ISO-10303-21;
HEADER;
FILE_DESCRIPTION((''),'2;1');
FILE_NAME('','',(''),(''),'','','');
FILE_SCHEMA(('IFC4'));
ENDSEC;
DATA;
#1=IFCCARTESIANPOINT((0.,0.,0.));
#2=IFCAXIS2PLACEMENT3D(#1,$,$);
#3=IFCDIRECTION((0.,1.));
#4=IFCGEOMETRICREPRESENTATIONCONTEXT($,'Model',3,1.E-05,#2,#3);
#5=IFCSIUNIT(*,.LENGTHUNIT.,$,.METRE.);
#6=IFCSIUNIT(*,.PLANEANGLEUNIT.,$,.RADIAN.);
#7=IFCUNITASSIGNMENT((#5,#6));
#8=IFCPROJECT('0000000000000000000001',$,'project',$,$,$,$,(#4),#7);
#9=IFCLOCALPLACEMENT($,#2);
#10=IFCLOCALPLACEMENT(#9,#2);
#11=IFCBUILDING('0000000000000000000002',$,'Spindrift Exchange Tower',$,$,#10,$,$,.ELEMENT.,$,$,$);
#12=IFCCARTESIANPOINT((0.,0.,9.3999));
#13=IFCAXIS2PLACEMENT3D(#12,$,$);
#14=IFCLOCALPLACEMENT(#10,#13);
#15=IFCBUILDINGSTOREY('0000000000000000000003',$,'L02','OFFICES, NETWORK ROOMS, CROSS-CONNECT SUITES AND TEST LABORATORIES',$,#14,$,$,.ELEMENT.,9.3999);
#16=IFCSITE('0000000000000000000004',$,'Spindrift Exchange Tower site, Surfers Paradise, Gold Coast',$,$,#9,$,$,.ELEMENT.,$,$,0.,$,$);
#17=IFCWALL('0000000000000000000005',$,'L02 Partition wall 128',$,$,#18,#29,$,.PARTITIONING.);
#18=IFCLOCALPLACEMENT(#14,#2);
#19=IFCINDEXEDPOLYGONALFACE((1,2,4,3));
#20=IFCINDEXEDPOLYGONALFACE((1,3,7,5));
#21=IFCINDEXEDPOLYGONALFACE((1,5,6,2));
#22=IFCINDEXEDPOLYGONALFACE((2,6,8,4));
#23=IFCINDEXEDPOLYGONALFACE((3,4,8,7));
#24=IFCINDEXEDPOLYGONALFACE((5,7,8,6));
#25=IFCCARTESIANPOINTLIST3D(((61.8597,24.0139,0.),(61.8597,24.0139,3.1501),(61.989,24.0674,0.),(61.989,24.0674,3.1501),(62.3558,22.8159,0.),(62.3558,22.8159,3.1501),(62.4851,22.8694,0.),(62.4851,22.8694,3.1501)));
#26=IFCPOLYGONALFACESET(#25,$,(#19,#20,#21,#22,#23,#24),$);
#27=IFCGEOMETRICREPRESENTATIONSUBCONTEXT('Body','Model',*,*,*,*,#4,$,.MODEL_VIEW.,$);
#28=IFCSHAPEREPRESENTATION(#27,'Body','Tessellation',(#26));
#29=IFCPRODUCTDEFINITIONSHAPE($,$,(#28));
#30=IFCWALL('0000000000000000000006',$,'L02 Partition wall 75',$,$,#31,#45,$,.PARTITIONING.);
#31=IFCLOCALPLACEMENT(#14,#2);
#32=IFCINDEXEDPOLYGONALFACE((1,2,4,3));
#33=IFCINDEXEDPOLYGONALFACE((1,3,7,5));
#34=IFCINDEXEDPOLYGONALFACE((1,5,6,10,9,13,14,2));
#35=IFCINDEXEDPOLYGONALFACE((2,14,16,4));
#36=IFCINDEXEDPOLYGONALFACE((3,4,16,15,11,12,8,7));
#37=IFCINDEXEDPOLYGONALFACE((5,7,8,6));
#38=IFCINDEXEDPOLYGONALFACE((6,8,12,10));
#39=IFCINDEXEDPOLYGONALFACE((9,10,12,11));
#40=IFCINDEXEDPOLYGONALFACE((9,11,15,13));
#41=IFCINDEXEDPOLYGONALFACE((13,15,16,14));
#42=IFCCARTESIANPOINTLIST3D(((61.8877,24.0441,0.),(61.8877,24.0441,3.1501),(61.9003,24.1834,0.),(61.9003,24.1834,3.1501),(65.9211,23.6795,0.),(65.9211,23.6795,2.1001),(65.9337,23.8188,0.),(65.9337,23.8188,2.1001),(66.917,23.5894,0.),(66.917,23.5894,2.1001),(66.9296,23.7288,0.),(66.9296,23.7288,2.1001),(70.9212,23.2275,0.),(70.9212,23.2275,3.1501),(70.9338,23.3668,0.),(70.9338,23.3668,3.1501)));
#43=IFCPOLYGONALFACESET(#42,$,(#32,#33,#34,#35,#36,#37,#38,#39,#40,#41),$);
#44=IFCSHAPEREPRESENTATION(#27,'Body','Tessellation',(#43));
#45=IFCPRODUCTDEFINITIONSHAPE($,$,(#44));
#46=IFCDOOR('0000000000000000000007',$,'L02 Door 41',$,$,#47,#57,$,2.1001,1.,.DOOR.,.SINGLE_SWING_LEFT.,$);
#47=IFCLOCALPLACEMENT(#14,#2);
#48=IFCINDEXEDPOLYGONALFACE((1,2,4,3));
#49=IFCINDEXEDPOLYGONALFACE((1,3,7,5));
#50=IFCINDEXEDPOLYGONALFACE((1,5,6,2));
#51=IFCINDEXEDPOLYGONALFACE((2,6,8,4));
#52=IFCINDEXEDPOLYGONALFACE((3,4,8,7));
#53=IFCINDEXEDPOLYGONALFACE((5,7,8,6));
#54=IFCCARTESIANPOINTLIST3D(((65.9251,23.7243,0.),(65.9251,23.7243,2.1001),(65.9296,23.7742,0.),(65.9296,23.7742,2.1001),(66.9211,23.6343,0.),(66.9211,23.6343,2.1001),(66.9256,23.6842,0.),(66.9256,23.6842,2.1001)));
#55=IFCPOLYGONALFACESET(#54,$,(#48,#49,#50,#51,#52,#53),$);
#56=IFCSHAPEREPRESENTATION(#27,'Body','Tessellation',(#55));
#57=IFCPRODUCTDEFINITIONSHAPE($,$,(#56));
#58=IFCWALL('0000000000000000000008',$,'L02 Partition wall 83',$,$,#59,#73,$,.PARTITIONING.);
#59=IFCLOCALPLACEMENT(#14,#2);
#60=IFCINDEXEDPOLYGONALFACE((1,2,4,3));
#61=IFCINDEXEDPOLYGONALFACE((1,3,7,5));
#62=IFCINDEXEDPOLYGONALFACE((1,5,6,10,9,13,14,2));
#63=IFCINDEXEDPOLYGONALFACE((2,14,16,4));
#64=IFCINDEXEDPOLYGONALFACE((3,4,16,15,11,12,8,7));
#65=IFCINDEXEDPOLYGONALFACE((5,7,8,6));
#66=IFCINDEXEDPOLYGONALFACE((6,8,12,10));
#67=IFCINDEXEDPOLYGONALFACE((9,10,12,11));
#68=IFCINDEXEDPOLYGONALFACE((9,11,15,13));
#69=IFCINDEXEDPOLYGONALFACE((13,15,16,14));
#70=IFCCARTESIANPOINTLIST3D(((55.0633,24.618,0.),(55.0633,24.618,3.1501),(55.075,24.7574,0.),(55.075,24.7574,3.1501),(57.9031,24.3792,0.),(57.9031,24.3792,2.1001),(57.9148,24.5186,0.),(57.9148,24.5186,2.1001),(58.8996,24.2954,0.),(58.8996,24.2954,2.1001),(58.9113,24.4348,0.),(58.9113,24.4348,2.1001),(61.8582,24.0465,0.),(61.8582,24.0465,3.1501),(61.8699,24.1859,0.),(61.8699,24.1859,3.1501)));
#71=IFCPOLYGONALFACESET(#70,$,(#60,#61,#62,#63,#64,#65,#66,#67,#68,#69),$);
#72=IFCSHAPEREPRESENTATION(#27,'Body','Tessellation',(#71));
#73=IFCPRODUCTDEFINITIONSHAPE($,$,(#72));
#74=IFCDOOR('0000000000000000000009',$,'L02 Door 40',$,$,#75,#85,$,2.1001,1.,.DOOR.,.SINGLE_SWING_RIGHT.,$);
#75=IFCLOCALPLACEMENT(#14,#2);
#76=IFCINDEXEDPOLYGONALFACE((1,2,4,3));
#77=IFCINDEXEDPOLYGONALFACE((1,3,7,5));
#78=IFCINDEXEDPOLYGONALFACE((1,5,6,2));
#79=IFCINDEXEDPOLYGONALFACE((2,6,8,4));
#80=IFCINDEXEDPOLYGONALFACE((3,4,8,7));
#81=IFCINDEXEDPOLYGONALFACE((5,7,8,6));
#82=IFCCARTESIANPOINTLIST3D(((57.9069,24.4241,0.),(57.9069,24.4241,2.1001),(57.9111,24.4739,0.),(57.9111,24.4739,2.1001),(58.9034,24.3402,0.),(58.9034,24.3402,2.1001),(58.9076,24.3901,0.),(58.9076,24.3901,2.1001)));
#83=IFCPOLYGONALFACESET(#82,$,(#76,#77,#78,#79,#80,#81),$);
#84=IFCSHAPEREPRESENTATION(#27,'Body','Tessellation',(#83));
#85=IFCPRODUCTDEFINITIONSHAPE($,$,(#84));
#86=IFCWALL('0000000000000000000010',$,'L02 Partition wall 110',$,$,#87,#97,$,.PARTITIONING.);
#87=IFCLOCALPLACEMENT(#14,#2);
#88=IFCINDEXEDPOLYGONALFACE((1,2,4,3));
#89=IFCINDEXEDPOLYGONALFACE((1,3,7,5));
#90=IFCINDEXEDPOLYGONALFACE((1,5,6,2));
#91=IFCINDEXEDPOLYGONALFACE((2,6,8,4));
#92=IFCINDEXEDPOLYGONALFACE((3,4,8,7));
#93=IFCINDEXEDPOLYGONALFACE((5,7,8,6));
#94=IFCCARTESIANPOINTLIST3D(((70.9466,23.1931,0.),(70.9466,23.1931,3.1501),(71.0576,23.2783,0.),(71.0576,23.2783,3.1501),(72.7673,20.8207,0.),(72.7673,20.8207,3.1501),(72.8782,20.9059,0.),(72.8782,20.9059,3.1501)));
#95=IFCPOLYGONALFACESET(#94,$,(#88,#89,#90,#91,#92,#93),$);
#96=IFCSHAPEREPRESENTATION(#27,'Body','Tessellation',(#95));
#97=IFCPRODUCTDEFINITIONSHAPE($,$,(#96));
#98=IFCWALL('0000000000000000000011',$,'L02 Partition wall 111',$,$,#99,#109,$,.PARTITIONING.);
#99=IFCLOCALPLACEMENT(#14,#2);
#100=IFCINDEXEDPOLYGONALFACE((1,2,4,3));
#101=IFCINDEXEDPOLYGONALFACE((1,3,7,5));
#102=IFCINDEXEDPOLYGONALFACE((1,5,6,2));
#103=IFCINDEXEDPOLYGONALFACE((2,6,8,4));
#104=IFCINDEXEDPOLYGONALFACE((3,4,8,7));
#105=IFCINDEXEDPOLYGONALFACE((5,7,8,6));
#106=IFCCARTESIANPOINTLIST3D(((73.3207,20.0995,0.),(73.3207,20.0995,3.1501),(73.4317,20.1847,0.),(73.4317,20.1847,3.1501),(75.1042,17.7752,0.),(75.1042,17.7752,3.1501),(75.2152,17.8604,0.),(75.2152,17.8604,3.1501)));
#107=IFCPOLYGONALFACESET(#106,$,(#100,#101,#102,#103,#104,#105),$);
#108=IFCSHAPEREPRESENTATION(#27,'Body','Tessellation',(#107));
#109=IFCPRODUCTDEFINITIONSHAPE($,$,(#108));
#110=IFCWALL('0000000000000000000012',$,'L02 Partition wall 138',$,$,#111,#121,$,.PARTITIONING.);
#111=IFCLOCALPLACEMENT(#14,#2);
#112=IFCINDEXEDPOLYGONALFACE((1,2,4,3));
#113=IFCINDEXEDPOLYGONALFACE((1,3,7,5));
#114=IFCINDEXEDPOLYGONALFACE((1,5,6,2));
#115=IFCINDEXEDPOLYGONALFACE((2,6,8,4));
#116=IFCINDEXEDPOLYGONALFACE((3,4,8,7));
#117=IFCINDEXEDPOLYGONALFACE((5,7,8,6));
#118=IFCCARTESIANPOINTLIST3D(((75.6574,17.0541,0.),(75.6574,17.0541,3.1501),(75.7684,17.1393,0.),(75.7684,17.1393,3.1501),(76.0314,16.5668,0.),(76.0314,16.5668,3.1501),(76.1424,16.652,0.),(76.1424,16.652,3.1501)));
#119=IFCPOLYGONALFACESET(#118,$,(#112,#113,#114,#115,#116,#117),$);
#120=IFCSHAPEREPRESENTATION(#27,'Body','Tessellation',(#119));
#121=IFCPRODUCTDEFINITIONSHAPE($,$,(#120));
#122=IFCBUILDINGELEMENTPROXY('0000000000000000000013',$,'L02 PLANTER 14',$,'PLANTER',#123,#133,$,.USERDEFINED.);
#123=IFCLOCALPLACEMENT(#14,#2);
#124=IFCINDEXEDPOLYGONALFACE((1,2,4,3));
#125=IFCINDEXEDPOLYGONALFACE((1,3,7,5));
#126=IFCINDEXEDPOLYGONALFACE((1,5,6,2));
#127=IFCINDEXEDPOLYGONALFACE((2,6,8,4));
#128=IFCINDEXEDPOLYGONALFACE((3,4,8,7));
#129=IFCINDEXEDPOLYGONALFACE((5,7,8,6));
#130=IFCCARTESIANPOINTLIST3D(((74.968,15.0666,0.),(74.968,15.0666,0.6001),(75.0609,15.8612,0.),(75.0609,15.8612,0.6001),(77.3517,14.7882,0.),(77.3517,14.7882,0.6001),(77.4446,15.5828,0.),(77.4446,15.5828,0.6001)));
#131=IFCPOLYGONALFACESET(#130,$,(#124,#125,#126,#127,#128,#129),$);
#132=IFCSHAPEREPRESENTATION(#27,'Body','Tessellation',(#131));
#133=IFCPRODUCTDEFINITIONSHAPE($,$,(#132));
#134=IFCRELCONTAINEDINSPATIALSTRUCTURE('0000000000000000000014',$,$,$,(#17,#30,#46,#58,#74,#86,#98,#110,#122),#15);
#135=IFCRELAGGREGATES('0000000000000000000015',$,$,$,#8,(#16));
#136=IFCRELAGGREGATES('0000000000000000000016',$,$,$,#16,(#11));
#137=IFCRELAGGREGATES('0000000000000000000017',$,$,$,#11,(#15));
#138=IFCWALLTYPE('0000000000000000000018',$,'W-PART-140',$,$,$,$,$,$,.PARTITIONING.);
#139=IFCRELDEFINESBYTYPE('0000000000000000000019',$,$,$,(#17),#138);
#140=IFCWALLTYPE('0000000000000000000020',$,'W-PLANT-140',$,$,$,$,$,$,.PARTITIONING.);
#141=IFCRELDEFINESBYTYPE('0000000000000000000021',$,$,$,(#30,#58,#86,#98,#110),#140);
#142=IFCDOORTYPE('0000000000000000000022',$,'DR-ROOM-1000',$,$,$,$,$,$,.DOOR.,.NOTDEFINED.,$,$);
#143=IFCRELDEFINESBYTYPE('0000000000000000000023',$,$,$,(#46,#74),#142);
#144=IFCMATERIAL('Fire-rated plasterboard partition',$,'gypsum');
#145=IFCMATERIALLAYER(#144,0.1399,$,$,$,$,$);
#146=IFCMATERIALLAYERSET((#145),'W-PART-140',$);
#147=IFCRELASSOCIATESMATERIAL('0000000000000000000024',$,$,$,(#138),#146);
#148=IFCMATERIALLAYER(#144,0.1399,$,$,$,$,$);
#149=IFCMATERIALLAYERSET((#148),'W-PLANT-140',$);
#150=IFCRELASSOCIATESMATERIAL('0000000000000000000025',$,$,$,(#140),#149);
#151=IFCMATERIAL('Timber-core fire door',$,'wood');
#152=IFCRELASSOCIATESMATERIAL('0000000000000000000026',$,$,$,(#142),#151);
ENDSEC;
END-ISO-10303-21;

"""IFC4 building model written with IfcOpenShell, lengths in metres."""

from ifc_helpers import new_model, si_unit, direction, frame, frame_2d, origin, origin_2d, place, context, subcontext, project, spatial, rectangle, extrude, source, transform, mapped, material, layer, layer_set, type_object, element, fill, save


model = new_model("IFC4")

# Units and contexts
model_context = context("Model", 3, precision=1e-05, world=origin(), true_north=direction((0.0, 1.0)))
body_context = subcontext(model_context, "Body", "Model", "MODEL_VIEW")
ifc_project = project(units=[si_unit("LENGTHUNIT", "METRE"), si_unit("PLANEANGLEUNIT", "RADIAN")], contexts=[model_context])

# Site, building, storey
site_placement = place(None, origin())
site = spatial("IfcSite", under=ifc_project, at=site_placement, Name="Spindrift Exchange Tower site, Surfers Paradise, Gold Coast", CompositionType="ELEMENT", RefElevation=0.0)
building_placement = place(site_placement, origin())
building = spatial("IfcBuilding", under=site, at=building_placement, Name="Spindrift Exchange Tower", CompositionType="ELEMENT")
storey_placement = place(building_placement, frame((0.0, 0.0, 9.3999)))
storey = spatial("IfcBuildingStorey", under=building, at=storey_placement, Name="L02", Description="OFFICES, NETWORK ROOMS, CROSS-CONNECT SUITES AND TEST LABORATORIES", CompositionType="ELEMENT", Elevation=9.3999)

# Wall
ifc_material_1 = material(Name="Fire-rated plasterboard partition", Category="gypsum")
ifc_layer_1 = layer(ifc_material_1, 0.1399)
ifc_layer_set_1 = layer_set([ifc_layer_1], Name="W-PART-140")
wall_type_1 = type_object("IfcWallType", Name="W-PART-140", PredefinedType="PARTITIONING", material=ifc_layer_set_1)
wall_1_placement = place(storey_placement, frame((61.9243, 24.0408, 0.0), z_axis=(0.0, 0.0, 1.0), x_axis=(0.382596, -0.923916, 0.0)))
element("IfcWall", 1, at=wall_1_placement, inside=storey, type_object=wall_type_1, Name="L02 Partition wall 128", PredefinedType="PARTITIONING", context=body_context, shape_type="SweptSolid", body=[
    extrude(rectangle(XDim=1.2966, YDim=0.1399, at=frame_2d((0.6484, 0.0))), origin(), (0.0, 0.0, 1.0), 3.1501),
])

# Walls, openings, doors
ifc_layer_2 = layer(ifc_material_1, 0.1399)
ifc_layer_set_2 = layer_set([ifc_layer_2], Name="W-PLANT-140")
wall_type_2 = type_object("IfcWallType", Name="W-PLANT-140", PredefinedType="PARTITIONING", material=ifc_layer_set_2)
wall_2_placement = place(storey_placement, frame((70.9275, 23.2971, 0.0), z_axis=(0.0, 0.0, 1.0), x_axis=(-0.995939, 0.090036, 0.0)))
wall_2 = element("IfcWall", 2, at=wall_2_placement, inside=storey, type_object=wall_type_2, Name="L02 Partition wall 75", PredefinedType="PARTITIONING", context=body_context, shape_type="SweptSolid", body=[
    extrude(rectangle(XDim=9.0703, YDim=0.1399, at=frame_2d((4.5352, 0.0))), origin(), (0.0, 0.0, 1.0), 3.1501),
])
opening_1_placement = place(wall_2_placement, frame((4.0205, 0.0, 0.0)))
opening_1 = element("IfcOpeningElement", 3, at=opening_1_placement, cuts=wall_2, PredefinedType="OPENING", context=body_context, shape_type="SweptSolid", body=[
    extrude(rectangle(XDim=1.0, YDim=2.1001, at=frame_2d((0.5, 1.05))), frame((0.0, 0.0798, 0.0), z_axis=(0.0, -1.0, 0.0), x_axis=(1.0, 0.0, 0.0)), (0.0, 0.0, 1.0), 0.1599),
])
ifc_material_2 = material(Name="Timber-core fire door", Category="wood")
door_type = type_object("IfcDoorType", Name="DR-ROOM-1000", OperationType="NOTDEFINED", PredefinedType="DOOR", material=ifc_material_2)
shared_shape_1 = source(origin(), body_context, "Body", "SweptSolid", [
    extrude(rectangle(XDim=1.0, YDim=2.1001, at=frame_2d((0.5, 1.05))), frame((0.0, 0.0249, 0.0), z_axis=(0.0, -1.0, 0.0), x_axis=(1.0, 0.0, 0.0)), (0.0, 0.0, 1.0), 0.05),
])
door_1_placement = place(opening_1_placement, origin())
door_1 = element("IfcDoor", 4, at=door_1_placement, inside=storey, type_object=door_type, Name="L02 Door 41", OperationType="SINGLE_SWING_LEFT", OverallHeight=2.1001, OverallWidth=1.0, PredefinedType="DOOR", context=body_context, shape_type="MappedRepresentation", body=[
    mapped(shared_shape_1, transform((0.0, 0.0, 0.0), scale=1.0)),
])
fill(opening_1, door_1)
wall_3_placement = place(storey_placement, frame((61.864, 24.1162, 0.0), z_axis=(0.0, 0.0, 1.0), x_axis=(-0.996481, 0.083816, 0.0)))
wall_3 = element("IfcWall", 5, at=wall_3_placement, inside=storey, type_object=wall_type_2, Name="L02 Partition wall 83", PredefinedType="PARTITIONING", context=body_context, shape_type="SweptSolid", body=[
    extrude(rectangle(XDim=6.8188, YDim=0.1399, at=frame_2d((3.4094, 0.0))), origin(), (0.0, 0.0, 1.0), 3.1501),
])
opening_2_placement = place(wall_3_placement, frame((2.969, 0.0, 0.0)))
opening_2 = element("IfcOpeningElement", 6, at=opening_2_placement, cuts=wall_3, PredefinedType="OPENING", context=body_context, shape_type="SweptSolid", body=[
    extrude(rectangle(XDim=1.0, YDim=2.1001, at=frame_2d((0.5, 1.05))), frame((0.0, 0.0798, 0.0), z_axis=(0.0, -1.0, 0.0), x_axis=(1.0, 0.0, 0.0)), (0.0, 0.0, 1.0), 0.1599),
])
door_2_placement = place(opening_2_placement, origin())
door_2 = element("IfcDoor", 7, at=door_2_placement, inside=storey, type_object=door_type, Name="L02 Door 40", OperationType="SINGLE_SWING_RIGHT", OverallHeight=2.1001, OverallWidth=1.0, PredefinedType="DOOR", context=body_context, shape_type="MappedRepresentation", body=[
    mapped(shared_shape_1, transform((0.0, 0.0, 0.0), scale=1.0)),
])
fill(opening_2, door_2)

# Walls
wall_4_placement = place(storey_placement, frame((71.0022, 23.2356, 0.0), z_axis=(0.0, 0.0, 1.0), x_axis=(0.608807, -0.793318, 0.0)))
element("IfcWall", 8, at=wall_4_placement, inside=storey, type_object=wall_type_2, Name="L02 Partition wall 110", PredefinedType="PARTITIONING", context=body_context, shape_type="SweptSolid", body=[
    extrude(rectangle(XDim=2.9905, YDim=0.1399, at=frame_2d((1.4951, 0.0))), origin(), (0.0, 0.0, 1.0), 3.1501),
])
wall_5_placement = place(storey_placement, frame((73.3762, 20.1421, 0.0), z_axis=(0.0, 0.0, 1.0), x_axis=(0.608764, -0.793351, 0.0)))
element("IfcWall", 9, at=wall_5_placement, inside=storey, type_object=wall_type_2, Name="L02 Partition wall 111", PredefinedType="PARTITIONING", context=body_context, shape_type="SweptSolid", body=[
    extrude(rectangle(XDim=2.9297, YDim=0.1399, at=frame_2d((1.4648, 0.0))), origin(), (0.0, 0.0, 1.0), 3.1501),
])
wall_6_placement = place(storey_placement, frame((75.7129, 17.0967, 0.0), z_axis=(0.0, 0.0, 1.0), x_axis=(0.608865, -0.793274, 0.0)))
element("IfcWall", 10, at=wall_6_placement, inside=storey, type_object=wall_type_2, Name="L02 Partition wall 138", PredefinedType="PARTITIONING", context=body_context, shape_type="SweptSolid", body=[
    extrude(rectangle(XDim=0.6143, YDim=0.1399, at=frame_2d((0.3071, 0.0))), origin(), (0.0, 0.0, 1.0), 3.1501),
])

# Building element proxy
shared_shape_2 = source(origin(), body_context, "Body", "SweptSolid", [
    extrude(rectangle(XDim=2.3999, YDim=0.8, at=origin_2d()), origin(), (0.0, 0.0, 1.0), 0.6001),
])
proxy_placement = place(storey_placement, frame((76.2063, 15.3247, 0.0), z_axis=(0.0, 0.0, 1.0), x_axis=(-0.993248, 0.116012, 0.0)))
element("IfcBuildingElementProxy", 11, at=proxy_placement, inside=storey, Name="L02 PLANTER 14", ObjectType="PLANTER", PredefinedType="USERDEFINED", context=body_context, shape_type="MappedRepresentation", body=[
    mapped(shared_shape_2, transform((0.0, 0.0, 0.0), scale=1.0)),
])

save(model, "model.ifc")
